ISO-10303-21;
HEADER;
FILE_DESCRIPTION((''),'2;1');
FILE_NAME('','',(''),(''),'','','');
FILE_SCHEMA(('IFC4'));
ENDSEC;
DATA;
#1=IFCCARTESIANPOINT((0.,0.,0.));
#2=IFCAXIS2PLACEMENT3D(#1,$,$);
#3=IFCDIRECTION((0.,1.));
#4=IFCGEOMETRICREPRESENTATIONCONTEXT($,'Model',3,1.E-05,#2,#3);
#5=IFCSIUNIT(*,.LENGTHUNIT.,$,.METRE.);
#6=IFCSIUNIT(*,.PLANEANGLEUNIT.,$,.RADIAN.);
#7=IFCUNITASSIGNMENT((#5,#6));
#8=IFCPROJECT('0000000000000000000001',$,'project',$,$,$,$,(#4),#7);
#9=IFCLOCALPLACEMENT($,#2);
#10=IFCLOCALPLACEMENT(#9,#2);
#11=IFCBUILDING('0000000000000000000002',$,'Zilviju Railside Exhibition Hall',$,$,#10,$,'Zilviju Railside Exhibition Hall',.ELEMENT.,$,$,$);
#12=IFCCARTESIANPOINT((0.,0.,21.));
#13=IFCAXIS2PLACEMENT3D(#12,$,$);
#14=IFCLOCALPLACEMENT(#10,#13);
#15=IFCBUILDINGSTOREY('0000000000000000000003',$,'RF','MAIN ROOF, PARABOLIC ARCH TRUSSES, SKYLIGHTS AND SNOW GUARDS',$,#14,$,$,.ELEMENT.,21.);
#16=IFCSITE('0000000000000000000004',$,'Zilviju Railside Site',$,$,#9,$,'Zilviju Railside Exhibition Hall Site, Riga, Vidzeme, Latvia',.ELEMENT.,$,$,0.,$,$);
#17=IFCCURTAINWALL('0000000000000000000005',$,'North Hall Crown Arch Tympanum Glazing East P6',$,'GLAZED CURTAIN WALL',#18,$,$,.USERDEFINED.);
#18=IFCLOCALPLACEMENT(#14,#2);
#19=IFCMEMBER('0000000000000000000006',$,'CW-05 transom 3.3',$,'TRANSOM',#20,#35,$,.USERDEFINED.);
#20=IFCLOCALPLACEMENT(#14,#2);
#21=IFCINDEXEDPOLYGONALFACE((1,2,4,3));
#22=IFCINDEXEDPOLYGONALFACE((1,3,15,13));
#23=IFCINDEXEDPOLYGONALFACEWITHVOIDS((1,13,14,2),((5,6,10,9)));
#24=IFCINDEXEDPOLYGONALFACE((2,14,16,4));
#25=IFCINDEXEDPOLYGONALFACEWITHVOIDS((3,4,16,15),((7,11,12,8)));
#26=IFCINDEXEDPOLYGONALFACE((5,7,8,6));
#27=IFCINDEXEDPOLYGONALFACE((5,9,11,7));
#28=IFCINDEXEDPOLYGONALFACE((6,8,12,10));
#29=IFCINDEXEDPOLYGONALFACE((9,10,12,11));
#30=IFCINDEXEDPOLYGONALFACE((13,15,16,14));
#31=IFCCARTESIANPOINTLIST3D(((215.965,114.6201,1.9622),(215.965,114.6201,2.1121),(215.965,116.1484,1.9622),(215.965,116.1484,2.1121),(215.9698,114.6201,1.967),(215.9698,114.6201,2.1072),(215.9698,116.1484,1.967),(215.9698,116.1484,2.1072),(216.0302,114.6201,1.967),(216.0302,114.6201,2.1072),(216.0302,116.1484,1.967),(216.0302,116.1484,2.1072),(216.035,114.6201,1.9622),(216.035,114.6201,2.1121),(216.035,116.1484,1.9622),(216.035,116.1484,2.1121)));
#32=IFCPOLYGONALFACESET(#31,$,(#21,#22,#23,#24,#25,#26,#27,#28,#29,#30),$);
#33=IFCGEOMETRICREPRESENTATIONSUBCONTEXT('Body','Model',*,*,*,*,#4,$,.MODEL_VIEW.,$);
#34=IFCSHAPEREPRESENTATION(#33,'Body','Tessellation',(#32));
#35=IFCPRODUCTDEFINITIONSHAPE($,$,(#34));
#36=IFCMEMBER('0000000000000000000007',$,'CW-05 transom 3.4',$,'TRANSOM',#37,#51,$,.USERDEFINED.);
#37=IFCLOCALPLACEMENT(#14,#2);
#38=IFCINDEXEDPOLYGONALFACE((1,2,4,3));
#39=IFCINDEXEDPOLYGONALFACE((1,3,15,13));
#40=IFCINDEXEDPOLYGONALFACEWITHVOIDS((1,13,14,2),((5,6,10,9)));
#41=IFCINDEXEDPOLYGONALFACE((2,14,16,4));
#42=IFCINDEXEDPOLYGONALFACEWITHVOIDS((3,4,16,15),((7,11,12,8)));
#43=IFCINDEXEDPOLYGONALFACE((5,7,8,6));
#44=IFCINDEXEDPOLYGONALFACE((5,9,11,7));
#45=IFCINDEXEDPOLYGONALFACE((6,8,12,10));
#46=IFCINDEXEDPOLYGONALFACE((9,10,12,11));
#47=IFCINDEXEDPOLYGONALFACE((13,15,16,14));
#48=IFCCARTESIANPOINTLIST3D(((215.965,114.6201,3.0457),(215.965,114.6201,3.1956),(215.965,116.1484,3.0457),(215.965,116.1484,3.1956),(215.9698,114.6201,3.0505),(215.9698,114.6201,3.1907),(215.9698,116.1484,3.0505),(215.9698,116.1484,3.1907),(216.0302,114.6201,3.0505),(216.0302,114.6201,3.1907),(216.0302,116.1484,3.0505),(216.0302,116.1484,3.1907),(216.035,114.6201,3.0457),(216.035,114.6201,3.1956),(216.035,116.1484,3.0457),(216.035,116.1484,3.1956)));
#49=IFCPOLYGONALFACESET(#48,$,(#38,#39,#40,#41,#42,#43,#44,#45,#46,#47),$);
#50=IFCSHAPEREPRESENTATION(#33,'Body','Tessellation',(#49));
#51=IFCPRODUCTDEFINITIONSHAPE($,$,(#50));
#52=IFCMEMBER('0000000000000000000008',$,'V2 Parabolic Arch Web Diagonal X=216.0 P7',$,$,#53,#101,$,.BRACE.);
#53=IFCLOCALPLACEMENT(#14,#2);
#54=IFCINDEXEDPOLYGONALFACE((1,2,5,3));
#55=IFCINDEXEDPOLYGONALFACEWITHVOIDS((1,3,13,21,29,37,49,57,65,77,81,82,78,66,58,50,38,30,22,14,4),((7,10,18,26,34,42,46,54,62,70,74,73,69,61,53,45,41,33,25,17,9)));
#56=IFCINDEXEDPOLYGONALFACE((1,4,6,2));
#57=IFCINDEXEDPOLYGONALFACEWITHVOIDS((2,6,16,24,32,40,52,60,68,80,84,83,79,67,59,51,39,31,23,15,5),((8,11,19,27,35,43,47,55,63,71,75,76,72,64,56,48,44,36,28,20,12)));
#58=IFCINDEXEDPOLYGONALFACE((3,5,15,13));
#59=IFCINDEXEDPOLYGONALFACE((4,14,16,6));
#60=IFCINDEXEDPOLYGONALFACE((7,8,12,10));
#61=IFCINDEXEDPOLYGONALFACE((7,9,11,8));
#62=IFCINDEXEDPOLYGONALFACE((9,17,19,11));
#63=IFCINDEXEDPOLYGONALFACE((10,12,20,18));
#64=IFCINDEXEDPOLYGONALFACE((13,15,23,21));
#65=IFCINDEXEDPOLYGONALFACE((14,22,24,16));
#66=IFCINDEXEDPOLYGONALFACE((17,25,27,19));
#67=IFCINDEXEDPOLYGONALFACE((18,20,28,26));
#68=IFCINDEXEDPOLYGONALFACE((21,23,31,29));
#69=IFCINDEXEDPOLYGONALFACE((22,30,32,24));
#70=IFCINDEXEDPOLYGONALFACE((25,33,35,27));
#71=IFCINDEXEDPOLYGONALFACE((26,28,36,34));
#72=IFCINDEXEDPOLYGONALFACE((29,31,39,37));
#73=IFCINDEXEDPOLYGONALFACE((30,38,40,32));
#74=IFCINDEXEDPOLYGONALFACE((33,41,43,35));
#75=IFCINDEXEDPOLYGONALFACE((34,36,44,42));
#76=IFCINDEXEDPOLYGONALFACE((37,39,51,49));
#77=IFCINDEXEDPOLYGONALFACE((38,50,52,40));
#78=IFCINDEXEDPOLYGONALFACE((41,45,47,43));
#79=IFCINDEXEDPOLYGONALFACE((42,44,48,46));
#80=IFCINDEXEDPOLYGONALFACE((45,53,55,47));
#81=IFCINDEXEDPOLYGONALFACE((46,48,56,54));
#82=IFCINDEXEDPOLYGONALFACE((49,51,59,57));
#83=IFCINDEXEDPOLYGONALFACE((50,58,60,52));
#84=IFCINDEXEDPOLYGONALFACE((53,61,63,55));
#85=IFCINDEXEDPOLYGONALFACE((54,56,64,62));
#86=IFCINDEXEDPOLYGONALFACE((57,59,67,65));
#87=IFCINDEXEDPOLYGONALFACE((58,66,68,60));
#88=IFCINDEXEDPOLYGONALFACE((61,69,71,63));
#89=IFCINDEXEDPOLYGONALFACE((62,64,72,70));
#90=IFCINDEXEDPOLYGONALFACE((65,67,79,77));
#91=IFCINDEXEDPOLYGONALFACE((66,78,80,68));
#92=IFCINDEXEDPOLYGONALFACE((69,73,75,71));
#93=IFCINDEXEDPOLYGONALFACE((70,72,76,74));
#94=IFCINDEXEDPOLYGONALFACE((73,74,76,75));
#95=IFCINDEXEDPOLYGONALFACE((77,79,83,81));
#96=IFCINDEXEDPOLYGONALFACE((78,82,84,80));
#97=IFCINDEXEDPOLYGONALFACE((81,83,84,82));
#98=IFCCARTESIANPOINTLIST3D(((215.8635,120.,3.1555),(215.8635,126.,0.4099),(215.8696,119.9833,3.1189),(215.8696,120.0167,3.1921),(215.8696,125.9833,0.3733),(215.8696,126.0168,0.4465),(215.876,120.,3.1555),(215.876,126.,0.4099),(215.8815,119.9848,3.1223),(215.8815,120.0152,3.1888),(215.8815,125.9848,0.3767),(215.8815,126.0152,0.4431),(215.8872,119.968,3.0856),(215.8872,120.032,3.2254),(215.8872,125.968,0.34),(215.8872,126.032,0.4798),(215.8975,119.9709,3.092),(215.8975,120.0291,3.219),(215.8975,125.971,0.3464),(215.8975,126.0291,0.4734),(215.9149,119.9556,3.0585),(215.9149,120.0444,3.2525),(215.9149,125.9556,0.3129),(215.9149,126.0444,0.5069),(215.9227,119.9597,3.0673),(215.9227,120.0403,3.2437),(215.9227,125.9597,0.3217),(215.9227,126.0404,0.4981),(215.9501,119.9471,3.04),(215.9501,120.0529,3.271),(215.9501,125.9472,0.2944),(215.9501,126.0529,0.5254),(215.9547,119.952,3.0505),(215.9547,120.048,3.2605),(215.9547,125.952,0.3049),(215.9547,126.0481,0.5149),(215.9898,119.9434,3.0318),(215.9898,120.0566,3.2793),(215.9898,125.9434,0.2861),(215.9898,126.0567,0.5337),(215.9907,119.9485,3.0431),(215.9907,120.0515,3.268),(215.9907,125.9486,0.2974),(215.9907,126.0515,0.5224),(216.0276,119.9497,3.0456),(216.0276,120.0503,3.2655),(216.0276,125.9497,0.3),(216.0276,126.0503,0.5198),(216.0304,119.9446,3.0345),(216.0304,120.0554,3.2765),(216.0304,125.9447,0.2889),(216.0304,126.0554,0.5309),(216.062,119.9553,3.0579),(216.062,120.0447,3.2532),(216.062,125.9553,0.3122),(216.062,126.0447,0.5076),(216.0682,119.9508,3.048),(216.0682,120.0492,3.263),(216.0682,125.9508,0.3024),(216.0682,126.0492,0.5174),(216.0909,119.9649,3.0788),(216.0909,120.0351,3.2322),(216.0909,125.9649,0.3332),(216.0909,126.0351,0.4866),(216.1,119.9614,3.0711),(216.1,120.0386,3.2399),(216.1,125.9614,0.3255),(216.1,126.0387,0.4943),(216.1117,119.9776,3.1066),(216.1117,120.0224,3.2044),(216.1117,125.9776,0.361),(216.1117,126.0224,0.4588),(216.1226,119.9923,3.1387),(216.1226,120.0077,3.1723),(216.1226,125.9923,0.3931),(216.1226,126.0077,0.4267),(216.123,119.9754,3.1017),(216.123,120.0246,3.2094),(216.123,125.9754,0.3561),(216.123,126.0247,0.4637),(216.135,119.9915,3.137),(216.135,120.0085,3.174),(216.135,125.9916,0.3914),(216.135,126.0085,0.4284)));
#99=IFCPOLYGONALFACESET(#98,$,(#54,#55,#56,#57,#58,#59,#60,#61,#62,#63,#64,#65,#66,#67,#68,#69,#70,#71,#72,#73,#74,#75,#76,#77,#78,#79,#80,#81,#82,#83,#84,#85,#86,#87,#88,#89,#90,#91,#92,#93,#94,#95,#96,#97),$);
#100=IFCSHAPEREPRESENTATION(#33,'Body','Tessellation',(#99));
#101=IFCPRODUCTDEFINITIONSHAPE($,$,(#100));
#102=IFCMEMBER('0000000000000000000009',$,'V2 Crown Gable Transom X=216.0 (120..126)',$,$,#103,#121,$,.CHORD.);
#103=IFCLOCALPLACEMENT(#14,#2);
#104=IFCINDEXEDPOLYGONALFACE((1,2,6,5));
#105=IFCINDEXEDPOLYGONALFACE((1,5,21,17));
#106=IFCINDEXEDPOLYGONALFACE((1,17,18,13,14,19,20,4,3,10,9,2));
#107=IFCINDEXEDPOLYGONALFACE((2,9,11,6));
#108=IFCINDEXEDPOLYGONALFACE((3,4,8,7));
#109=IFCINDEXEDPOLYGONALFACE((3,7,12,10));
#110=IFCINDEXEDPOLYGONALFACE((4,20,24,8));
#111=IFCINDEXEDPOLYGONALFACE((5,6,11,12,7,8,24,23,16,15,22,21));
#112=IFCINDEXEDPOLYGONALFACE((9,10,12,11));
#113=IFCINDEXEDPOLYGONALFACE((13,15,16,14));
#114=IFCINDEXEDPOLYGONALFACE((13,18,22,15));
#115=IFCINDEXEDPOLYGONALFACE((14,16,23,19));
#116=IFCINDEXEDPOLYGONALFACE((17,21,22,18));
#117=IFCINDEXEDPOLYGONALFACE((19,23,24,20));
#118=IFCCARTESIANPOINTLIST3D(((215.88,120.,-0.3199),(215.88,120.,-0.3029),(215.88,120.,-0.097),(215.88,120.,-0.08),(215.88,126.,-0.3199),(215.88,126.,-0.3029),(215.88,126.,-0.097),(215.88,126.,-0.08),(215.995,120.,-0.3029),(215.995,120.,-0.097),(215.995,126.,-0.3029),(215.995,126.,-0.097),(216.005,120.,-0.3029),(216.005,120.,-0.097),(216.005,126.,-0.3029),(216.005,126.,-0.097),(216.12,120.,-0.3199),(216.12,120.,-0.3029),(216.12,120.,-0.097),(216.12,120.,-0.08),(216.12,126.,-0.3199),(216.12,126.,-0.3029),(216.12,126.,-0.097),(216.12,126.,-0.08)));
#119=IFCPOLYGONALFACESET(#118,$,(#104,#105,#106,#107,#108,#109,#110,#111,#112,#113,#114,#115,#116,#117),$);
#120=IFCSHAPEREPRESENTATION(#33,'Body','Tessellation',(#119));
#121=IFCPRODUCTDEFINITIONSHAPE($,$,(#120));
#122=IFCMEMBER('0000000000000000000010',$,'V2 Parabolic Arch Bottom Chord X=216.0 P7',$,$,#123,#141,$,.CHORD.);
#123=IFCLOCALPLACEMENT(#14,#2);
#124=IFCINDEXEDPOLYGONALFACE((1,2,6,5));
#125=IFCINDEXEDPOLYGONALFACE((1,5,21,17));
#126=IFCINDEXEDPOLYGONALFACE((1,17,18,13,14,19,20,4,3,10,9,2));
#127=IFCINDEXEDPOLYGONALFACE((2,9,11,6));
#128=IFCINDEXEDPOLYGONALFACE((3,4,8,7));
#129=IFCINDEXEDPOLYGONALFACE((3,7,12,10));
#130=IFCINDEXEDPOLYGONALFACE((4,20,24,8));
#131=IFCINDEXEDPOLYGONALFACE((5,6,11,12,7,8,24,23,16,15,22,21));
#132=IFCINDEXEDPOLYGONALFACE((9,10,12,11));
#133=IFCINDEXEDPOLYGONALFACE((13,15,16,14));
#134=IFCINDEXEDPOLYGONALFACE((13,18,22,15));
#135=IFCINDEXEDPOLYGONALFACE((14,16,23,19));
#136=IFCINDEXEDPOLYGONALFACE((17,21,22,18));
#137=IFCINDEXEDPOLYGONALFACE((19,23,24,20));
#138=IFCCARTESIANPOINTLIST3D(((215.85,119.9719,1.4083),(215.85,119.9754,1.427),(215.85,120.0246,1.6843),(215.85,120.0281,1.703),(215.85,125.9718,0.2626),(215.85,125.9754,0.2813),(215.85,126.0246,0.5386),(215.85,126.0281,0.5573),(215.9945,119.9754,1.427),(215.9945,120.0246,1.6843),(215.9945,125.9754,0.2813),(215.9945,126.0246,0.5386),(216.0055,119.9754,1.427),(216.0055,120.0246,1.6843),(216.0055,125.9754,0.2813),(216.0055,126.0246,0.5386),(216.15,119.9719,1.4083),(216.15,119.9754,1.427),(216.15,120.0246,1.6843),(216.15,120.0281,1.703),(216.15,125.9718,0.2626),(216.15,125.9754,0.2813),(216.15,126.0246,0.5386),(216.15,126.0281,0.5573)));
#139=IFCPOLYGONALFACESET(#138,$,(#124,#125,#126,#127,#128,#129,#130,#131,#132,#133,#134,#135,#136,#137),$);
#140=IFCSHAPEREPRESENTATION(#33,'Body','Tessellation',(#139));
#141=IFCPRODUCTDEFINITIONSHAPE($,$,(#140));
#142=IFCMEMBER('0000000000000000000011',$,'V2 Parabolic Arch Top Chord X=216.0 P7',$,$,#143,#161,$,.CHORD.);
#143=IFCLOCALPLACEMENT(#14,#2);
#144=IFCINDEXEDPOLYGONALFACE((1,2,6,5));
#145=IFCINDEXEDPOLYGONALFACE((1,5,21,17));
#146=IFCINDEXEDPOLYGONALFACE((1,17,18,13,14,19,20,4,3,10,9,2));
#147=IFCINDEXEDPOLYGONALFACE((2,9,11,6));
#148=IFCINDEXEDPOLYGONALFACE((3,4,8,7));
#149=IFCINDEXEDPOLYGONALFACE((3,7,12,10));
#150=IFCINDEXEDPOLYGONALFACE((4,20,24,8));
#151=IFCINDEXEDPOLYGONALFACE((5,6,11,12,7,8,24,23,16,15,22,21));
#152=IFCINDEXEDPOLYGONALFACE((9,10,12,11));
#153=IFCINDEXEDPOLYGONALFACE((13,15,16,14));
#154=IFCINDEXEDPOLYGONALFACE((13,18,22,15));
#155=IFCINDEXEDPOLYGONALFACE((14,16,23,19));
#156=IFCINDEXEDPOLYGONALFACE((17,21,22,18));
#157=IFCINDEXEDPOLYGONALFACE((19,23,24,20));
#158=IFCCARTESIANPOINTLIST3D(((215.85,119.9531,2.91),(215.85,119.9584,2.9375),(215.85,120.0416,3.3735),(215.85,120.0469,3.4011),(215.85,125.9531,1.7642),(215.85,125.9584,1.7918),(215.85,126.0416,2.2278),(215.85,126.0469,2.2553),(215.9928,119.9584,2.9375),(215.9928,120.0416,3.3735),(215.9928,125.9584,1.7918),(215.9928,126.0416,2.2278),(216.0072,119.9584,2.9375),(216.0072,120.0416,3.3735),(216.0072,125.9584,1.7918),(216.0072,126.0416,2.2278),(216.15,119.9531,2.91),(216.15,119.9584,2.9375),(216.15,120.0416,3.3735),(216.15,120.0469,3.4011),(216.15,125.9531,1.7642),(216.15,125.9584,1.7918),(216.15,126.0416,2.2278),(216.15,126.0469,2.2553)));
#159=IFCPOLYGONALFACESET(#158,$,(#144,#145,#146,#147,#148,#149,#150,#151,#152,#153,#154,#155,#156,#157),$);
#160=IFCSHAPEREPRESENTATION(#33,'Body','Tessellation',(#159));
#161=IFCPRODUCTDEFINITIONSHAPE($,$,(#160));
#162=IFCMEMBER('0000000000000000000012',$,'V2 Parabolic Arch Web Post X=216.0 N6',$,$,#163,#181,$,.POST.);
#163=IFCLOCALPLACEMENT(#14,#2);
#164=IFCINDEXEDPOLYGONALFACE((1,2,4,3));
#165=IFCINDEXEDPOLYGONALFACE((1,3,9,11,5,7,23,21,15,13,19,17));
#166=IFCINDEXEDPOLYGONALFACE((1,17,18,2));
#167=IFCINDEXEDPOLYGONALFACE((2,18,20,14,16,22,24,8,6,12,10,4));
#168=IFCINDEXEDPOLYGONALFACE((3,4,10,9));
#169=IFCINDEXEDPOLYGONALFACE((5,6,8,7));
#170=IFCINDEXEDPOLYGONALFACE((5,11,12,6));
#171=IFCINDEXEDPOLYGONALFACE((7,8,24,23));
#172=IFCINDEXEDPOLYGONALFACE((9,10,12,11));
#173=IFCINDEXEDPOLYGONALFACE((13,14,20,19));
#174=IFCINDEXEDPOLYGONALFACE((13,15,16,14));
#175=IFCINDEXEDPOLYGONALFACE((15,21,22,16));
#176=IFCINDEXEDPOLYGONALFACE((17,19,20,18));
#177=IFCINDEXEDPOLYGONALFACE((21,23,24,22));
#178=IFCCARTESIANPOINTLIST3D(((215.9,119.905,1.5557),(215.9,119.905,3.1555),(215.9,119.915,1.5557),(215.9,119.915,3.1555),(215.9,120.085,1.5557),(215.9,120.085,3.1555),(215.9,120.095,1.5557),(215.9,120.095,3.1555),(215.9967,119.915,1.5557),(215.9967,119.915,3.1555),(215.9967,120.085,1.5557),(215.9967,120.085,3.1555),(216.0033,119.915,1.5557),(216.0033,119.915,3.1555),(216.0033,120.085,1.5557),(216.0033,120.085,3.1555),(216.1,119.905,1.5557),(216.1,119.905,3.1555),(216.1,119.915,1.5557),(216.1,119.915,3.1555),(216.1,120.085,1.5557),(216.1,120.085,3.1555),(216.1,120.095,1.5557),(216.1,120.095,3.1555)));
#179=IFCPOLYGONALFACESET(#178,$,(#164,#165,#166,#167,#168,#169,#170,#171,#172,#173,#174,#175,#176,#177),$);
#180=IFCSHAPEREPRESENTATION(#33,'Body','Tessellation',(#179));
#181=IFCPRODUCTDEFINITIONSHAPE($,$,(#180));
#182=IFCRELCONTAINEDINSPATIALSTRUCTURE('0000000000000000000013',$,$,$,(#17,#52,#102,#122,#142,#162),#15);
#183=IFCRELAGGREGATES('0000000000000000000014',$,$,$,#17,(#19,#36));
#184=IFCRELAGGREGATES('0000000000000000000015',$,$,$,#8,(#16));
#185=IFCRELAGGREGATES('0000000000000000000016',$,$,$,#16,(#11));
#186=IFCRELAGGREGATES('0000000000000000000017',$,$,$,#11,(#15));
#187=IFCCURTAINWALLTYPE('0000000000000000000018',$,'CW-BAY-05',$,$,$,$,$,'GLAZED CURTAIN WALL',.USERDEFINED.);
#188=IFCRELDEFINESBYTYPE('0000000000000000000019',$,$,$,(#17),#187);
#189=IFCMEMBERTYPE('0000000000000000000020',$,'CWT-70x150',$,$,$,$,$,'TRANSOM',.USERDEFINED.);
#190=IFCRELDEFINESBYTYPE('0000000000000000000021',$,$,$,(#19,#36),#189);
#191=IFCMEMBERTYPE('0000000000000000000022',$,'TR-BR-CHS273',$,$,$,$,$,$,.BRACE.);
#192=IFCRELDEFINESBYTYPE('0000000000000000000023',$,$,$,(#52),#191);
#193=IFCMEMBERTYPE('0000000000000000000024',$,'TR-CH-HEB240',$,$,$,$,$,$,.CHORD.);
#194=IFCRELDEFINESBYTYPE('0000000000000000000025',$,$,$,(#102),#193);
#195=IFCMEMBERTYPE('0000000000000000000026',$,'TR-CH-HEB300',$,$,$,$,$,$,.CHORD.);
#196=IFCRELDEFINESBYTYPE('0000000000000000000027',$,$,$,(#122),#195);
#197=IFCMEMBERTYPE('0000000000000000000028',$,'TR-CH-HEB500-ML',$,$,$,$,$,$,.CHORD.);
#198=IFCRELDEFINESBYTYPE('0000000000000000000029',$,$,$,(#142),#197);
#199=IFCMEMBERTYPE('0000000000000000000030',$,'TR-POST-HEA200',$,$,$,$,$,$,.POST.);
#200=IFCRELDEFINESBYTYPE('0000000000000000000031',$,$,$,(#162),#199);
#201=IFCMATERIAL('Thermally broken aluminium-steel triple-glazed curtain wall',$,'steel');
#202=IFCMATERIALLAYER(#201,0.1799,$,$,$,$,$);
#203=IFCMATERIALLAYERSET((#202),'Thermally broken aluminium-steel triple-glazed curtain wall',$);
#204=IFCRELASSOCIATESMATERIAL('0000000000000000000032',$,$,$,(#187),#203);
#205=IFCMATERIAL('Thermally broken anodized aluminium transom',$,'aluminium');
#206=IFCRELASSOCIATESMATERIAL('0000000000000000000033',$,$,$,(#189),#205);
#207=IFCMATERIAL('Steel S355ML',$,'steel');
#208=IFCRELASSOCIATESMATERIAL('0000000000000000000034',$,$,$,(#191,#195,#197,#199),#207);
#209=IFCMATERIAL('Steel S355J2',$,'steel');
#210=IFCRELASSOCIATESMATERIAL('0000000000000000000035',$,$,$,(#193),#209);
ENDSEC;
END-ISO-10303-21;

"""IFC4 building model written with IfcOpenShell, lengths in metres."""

from ifc_helpers import new_model, si_unit, direction, frame, origin, origin_2d, place, context, subcontext, project, spatial, hollow_rectangle, hollow_circle, i_section, extrude, material, layer, layer_set, material_profile, profile_set, type_object, element, aggregate, save


model = new_model("IFC4")

# Units and contexts
model_context = context("Model", 3, precision=1e-05, world=origin(), true_north=direction((0.0, 1.0)))
body_context = subcontext(model_context, "Body", "Model", "MODEL_VIEW")
ifc_project = project(units=[si_unit("LENGTHUNIT", "METRE"), si_unit("PLANEANGLEUNIT", "RADIAN")], contexts=[model_context])

# Site, building, storey
site_placement = place(None, origin())
site = spatial("IfcSite", under=ifc_project, at=site_placement, Name="Zilviju Railside Site", LongName="Zilviju Railside Exhibition Hall Site, Riga, Vidzeme, Latvia", CompositionType="ELEMENT", RefElevation=0.0)
building_placement = place(site_placement, origin())
building = spatial("IfcBuilding", under=site, at=building_placement, Name="Zilviju Railside Exhibition Hall", LongName="Zilviju Railside Exhibition Hall", CompositionType="ELEMENT")
storey_placement = place(building_placement, frame((0.0, 0.0, 21.0)))
storey = spatial("IfcBuildingStorey", under=building, at=storey_placement, Name="RF", Description="MAIN ROOF, PARABOLIC ARCH TRUSSES, SKYLIGHTS AND SNOW GUARDS", CompositionType="ELEMENT", Elevation=21.0)

# Curtain wall, members
ifc_material_1 = material(Name="Thermally broken aluminium-steel triple-glazed curtain wall", Category="steel")
ifc_layer_1 = layer(ifc_material_1, 0.1799)
ifc_layer_set_1 = layer_set([ifc_layer_1], Name="Thermally broken aluminium-steel triple-glazed curtain wall")
curtain_wall_type = type_object("IfcCurtainWallType", Name="CW-BAY-05", ElementType="GLAZED CURTAIN WALL", PredefinedType="USERDEFINED", material=ifc_layer_set_1)
curtain_wall_placement = place(storey_placement, origin())
curtain_wall = element("IfcCurtainWall", 1, at=curtain_wall_placement, inside=storey, type_object=curtain_wall_type, Name="North Hall Crown Arch Tympanum Glazing East P6", ObjectType="GLAZED CURTAIN WALL", PredefinedType="USERDEFINED")
ifc_material_2 = material(Name="Thermally broken anodized aluminium transom", Category="aluminium")
ifc_material_profile_1 = material_profile(ifc_material_2, hollow_rectangle(XDim=0.0701, YDim=0.1499, WallThickness=0.0049, at=origin_2d()), Name="TRANSOM 150x70x5")
ifc_profile_set_1 = profile_set([ifc_material_profile_1], Name="Thermally broken anodized aluminium transom")
member_type_1 = type_object("IfcMemberType", Name="CWT-70x150", ElementType="TRANSOM", PredefinedType="USERDEFINED", material=ifc_profile_set_1)
member_1_placement = place(storey_placement, frame((216.0, 116.1484, 2.0371), z_axis=(0.0, -1.0, 0.0), x_axis=(1.0, 0.0, 0.0)))
member_1 = element("IfcMember", 2, at=member_1_placement, type_object=member_type_1, Name="CW-05 transom 3.3", ObjectType="TRANSOM", PredefinedType="USERDEFINED", context=body_context, shape_type="SweptSolid", body=[
    extrude(hollow_rectangle(XDim=0.0701, YDim=0.1499, WallThickness=0.0049, at=origin_2d()), origin(), (0.0, 0.0, 1.0), 1.5283),
])
member_2_placement = place(storey_placement, frame((216.0, 116.1484, 3.1206), z_axis=(0.0, -1.0, 0.0), x_axis=(1.0, 0.0, 0.0)))
member_2 = element("IfcMember", 3, at=member_2_placement, type_object=member_type_1, Name="CW-05 transom 3.4", ObjectType="TRANSOM", PredefinedType="USERDEFINED", context=body_context, shape_type="SweptSolid", body=[
    extrude(hollow_rectangle(XDim=0.0701, YDim=0.1499, WallThickness=0.0049, at=origin_2d()), origin(), (0.0, 0.0, 1.0), 1.5283),
])

# Members
ifc_material_3 = material(Name="Steel S355ML", Category="steel")
ifc_material_profile_2 = material_profile(ifc_material_3, hollow_circle(Radius=0.1365, WallThickness=0.0125, at=origin_2d()), Name="CHS 273.0x12.5")
ifc_profile_set_2 = profile_set([ifc_material_profile_2], Name="Steel S355ML")
member_type_2 = type_object("IfcMemberType", Name="TR-BR-CHS273", PredefinedType="BRACE", material=ifc_profile_set_2)
member_3_placement = place(storey_placement, frame((216.0, 120.0, 3.1555), z_axis=(0.0, 0.909317, -0.416104), x_axis=(-1.0, 0.0, 0.0)))
element("IfcMember", 4, at=member_3_placement, inside=storey, type_object=member_type_2, Name="V2 Parabolic Arch Web Diagonal X=216.0 P7", PredefinedType="BRACE", context=body_context, shape_type="SweptSolid", body=[
    extrude(hollow_circle(Radius=0.1365, WallThickness=0.0125, at=origin_2d()), origin(), (0.0, 0.0, 1.0), 6.5984),
])
ifc_material_4 = material(Name="Steel S355J2", Category="steel")
ifc_material_profile_3 = material_profile(ifc_material_4, i_section(OverallWidth=0.24, OverallDepth=0.24, WebThickness=0.01, FlangeThickness=0.0171, at=origin_2d()), Name="HEB 240")
ifc_profile_set_3 = profile_set([ifc_material_profile_3], Name="Steel S355J2")
member_type_3 = type_object("IfcMemberType", Name="TR-CH-HEB240", PredefinedType="CHORD", material=ifc_profile_set_3)
member_4_placement = place(storey_placement, frame((216.0, 120.0, -0.2), z_axis=(0.0, 1.0, 0.0), x_axis=(-1.0, 0.0, 0.0)))
element("IfcMember", 5, at=member_4_placement, inside=storey, type_object=member_type_3, Name="V2 Crown Gable Transom X=216.0 (120..126)", PredefinedType="CHORD", context=body_context, shape_type="SweptSolid", body=[
    extrude(i_section(OverallWidth=0.24, OverallDepth=0.24, WebThickness=0.01, FlangeThickness=0.0171, at=origin_2d()), origin(), (0.0, 0.0, 1.0), 6.0),
])
ifc_material_profile_4 = material_profile(ifc_material_3, i_section(OverallWidth=0.3, OverallDepth=0.3, WebThickness=0.011, FlangeThickness=0.019, at=origin_2d()), Name="HEB 300")
ifc_profile_set_4 = profile_set([ifc_material_profile_4], Name="Steel S355ML")
member_type_4 = type_object("IfcMemberType", Name="TR-CH-HEB300", PredefinedType="CHORD", material=ifc_profile_set_4)
member_5_placement = place(storey_placement, frame((216.0, 120.0, 1.5557), z_axis=(0.0, 0.982251, -0.187569), x_axis=(-1.0, 0.0, 0.0)))
element("IfcMember", 6, at=member_5_placement, inside=storey, type_object=member_type_4, Name="V2 Parabolic Arch Bottom Chord X=216.0 P7", PredefinedType="CHORD", context=body_context, shape_type="SweptSolid", body=[
    extrude(i_section(OverallWidth=0.3, OverallDepth=0.3, WebThickness=0.011, FlangeThickness=0.019, at=origin_2d()), origin(), (0.0, 0.0, 1.0), 6.1084),
])
ifc_material_profile_5 = material_profile(ifc_material_3, i_section(OverallWidth=0.3, OverallDepth=0.5, WebThickness=0.0144, FlangeThickness=0.0281, at=origin_2d()), Name="HEB 500")
ifc_profile_set_5 = profile_set([ifc_material_profile_5], Name="Steel S355ML")
member_type_5 = type_object("IfcMemberType", Name="TR-CH-HEB500-ML", PredefinedType="CHORD", material=ifc_profile_set_5)
member_6_placement = place(storey_placement, frame((216.0, 120.0, 3.1555), z_axis=(0.0, 0.982251, -0.187569), x_axis=(-1.0, 0.0, 0.0)))
element("IfcMember", 7, at=member_6_placement, inside=storey, type_object=member_type_5, Name="V2 Parabolic Arch Top Chord X=216.0 P7", PredefinedType="CHORD", context=body_context, shape_type="SweptSolid", body=[
    extrude(i_section(OverallWidth=0.3, OverallDepth=0.5, WebThickness=0.0144, FlangeThickness=0.0281, at=origin_2d()), origin(), (0.0, 0.0, 1.0), 6.1084),
])
ifc_material_profile_6 = material_profile(ifc_material_3, i_section(OverallWidth=0.2, OverallDepth=0.1899, WebThickness=0.0066, FlangeThickness=0.01, at=origin_2d()), Name="HEA 200")
ifc_profile_set_6 = profile_set([ifc_material_profile_6], Name="Steel S355ML")
member_type_6 = type_object("IfcMemberType", Name="TR-POST-HEA200", PredefinedType="POST", material=ifc_profile_set_6)
member_7_placement = place(storey_placement, frame((216.0, 120.0, 1.5557), z_axis=(0.0, 0.0, 1.0), x_axis=(1.0, 0.0, 0.0)))
element("IfcMember", 8, at=member_7_placement, inside=storey, type_object=member_type_6, Name="V2 Parabolic Arch Web Post X=216.0 N6", PredefinedType="POST", context=body_context, shape_type="SweptSolid", body=[
    extrude(i_section(OverallWidth=0.2, OverallDepth=0.1899, WebThickness=0.0066, FlangeThickness=0.01, at=origin_2d()), origin(), (0.0, 0.0, 1.0), 1.5999),
])

aggregate(curtain_wall, [member_1, member_2])

save(model, "model.ifc")
